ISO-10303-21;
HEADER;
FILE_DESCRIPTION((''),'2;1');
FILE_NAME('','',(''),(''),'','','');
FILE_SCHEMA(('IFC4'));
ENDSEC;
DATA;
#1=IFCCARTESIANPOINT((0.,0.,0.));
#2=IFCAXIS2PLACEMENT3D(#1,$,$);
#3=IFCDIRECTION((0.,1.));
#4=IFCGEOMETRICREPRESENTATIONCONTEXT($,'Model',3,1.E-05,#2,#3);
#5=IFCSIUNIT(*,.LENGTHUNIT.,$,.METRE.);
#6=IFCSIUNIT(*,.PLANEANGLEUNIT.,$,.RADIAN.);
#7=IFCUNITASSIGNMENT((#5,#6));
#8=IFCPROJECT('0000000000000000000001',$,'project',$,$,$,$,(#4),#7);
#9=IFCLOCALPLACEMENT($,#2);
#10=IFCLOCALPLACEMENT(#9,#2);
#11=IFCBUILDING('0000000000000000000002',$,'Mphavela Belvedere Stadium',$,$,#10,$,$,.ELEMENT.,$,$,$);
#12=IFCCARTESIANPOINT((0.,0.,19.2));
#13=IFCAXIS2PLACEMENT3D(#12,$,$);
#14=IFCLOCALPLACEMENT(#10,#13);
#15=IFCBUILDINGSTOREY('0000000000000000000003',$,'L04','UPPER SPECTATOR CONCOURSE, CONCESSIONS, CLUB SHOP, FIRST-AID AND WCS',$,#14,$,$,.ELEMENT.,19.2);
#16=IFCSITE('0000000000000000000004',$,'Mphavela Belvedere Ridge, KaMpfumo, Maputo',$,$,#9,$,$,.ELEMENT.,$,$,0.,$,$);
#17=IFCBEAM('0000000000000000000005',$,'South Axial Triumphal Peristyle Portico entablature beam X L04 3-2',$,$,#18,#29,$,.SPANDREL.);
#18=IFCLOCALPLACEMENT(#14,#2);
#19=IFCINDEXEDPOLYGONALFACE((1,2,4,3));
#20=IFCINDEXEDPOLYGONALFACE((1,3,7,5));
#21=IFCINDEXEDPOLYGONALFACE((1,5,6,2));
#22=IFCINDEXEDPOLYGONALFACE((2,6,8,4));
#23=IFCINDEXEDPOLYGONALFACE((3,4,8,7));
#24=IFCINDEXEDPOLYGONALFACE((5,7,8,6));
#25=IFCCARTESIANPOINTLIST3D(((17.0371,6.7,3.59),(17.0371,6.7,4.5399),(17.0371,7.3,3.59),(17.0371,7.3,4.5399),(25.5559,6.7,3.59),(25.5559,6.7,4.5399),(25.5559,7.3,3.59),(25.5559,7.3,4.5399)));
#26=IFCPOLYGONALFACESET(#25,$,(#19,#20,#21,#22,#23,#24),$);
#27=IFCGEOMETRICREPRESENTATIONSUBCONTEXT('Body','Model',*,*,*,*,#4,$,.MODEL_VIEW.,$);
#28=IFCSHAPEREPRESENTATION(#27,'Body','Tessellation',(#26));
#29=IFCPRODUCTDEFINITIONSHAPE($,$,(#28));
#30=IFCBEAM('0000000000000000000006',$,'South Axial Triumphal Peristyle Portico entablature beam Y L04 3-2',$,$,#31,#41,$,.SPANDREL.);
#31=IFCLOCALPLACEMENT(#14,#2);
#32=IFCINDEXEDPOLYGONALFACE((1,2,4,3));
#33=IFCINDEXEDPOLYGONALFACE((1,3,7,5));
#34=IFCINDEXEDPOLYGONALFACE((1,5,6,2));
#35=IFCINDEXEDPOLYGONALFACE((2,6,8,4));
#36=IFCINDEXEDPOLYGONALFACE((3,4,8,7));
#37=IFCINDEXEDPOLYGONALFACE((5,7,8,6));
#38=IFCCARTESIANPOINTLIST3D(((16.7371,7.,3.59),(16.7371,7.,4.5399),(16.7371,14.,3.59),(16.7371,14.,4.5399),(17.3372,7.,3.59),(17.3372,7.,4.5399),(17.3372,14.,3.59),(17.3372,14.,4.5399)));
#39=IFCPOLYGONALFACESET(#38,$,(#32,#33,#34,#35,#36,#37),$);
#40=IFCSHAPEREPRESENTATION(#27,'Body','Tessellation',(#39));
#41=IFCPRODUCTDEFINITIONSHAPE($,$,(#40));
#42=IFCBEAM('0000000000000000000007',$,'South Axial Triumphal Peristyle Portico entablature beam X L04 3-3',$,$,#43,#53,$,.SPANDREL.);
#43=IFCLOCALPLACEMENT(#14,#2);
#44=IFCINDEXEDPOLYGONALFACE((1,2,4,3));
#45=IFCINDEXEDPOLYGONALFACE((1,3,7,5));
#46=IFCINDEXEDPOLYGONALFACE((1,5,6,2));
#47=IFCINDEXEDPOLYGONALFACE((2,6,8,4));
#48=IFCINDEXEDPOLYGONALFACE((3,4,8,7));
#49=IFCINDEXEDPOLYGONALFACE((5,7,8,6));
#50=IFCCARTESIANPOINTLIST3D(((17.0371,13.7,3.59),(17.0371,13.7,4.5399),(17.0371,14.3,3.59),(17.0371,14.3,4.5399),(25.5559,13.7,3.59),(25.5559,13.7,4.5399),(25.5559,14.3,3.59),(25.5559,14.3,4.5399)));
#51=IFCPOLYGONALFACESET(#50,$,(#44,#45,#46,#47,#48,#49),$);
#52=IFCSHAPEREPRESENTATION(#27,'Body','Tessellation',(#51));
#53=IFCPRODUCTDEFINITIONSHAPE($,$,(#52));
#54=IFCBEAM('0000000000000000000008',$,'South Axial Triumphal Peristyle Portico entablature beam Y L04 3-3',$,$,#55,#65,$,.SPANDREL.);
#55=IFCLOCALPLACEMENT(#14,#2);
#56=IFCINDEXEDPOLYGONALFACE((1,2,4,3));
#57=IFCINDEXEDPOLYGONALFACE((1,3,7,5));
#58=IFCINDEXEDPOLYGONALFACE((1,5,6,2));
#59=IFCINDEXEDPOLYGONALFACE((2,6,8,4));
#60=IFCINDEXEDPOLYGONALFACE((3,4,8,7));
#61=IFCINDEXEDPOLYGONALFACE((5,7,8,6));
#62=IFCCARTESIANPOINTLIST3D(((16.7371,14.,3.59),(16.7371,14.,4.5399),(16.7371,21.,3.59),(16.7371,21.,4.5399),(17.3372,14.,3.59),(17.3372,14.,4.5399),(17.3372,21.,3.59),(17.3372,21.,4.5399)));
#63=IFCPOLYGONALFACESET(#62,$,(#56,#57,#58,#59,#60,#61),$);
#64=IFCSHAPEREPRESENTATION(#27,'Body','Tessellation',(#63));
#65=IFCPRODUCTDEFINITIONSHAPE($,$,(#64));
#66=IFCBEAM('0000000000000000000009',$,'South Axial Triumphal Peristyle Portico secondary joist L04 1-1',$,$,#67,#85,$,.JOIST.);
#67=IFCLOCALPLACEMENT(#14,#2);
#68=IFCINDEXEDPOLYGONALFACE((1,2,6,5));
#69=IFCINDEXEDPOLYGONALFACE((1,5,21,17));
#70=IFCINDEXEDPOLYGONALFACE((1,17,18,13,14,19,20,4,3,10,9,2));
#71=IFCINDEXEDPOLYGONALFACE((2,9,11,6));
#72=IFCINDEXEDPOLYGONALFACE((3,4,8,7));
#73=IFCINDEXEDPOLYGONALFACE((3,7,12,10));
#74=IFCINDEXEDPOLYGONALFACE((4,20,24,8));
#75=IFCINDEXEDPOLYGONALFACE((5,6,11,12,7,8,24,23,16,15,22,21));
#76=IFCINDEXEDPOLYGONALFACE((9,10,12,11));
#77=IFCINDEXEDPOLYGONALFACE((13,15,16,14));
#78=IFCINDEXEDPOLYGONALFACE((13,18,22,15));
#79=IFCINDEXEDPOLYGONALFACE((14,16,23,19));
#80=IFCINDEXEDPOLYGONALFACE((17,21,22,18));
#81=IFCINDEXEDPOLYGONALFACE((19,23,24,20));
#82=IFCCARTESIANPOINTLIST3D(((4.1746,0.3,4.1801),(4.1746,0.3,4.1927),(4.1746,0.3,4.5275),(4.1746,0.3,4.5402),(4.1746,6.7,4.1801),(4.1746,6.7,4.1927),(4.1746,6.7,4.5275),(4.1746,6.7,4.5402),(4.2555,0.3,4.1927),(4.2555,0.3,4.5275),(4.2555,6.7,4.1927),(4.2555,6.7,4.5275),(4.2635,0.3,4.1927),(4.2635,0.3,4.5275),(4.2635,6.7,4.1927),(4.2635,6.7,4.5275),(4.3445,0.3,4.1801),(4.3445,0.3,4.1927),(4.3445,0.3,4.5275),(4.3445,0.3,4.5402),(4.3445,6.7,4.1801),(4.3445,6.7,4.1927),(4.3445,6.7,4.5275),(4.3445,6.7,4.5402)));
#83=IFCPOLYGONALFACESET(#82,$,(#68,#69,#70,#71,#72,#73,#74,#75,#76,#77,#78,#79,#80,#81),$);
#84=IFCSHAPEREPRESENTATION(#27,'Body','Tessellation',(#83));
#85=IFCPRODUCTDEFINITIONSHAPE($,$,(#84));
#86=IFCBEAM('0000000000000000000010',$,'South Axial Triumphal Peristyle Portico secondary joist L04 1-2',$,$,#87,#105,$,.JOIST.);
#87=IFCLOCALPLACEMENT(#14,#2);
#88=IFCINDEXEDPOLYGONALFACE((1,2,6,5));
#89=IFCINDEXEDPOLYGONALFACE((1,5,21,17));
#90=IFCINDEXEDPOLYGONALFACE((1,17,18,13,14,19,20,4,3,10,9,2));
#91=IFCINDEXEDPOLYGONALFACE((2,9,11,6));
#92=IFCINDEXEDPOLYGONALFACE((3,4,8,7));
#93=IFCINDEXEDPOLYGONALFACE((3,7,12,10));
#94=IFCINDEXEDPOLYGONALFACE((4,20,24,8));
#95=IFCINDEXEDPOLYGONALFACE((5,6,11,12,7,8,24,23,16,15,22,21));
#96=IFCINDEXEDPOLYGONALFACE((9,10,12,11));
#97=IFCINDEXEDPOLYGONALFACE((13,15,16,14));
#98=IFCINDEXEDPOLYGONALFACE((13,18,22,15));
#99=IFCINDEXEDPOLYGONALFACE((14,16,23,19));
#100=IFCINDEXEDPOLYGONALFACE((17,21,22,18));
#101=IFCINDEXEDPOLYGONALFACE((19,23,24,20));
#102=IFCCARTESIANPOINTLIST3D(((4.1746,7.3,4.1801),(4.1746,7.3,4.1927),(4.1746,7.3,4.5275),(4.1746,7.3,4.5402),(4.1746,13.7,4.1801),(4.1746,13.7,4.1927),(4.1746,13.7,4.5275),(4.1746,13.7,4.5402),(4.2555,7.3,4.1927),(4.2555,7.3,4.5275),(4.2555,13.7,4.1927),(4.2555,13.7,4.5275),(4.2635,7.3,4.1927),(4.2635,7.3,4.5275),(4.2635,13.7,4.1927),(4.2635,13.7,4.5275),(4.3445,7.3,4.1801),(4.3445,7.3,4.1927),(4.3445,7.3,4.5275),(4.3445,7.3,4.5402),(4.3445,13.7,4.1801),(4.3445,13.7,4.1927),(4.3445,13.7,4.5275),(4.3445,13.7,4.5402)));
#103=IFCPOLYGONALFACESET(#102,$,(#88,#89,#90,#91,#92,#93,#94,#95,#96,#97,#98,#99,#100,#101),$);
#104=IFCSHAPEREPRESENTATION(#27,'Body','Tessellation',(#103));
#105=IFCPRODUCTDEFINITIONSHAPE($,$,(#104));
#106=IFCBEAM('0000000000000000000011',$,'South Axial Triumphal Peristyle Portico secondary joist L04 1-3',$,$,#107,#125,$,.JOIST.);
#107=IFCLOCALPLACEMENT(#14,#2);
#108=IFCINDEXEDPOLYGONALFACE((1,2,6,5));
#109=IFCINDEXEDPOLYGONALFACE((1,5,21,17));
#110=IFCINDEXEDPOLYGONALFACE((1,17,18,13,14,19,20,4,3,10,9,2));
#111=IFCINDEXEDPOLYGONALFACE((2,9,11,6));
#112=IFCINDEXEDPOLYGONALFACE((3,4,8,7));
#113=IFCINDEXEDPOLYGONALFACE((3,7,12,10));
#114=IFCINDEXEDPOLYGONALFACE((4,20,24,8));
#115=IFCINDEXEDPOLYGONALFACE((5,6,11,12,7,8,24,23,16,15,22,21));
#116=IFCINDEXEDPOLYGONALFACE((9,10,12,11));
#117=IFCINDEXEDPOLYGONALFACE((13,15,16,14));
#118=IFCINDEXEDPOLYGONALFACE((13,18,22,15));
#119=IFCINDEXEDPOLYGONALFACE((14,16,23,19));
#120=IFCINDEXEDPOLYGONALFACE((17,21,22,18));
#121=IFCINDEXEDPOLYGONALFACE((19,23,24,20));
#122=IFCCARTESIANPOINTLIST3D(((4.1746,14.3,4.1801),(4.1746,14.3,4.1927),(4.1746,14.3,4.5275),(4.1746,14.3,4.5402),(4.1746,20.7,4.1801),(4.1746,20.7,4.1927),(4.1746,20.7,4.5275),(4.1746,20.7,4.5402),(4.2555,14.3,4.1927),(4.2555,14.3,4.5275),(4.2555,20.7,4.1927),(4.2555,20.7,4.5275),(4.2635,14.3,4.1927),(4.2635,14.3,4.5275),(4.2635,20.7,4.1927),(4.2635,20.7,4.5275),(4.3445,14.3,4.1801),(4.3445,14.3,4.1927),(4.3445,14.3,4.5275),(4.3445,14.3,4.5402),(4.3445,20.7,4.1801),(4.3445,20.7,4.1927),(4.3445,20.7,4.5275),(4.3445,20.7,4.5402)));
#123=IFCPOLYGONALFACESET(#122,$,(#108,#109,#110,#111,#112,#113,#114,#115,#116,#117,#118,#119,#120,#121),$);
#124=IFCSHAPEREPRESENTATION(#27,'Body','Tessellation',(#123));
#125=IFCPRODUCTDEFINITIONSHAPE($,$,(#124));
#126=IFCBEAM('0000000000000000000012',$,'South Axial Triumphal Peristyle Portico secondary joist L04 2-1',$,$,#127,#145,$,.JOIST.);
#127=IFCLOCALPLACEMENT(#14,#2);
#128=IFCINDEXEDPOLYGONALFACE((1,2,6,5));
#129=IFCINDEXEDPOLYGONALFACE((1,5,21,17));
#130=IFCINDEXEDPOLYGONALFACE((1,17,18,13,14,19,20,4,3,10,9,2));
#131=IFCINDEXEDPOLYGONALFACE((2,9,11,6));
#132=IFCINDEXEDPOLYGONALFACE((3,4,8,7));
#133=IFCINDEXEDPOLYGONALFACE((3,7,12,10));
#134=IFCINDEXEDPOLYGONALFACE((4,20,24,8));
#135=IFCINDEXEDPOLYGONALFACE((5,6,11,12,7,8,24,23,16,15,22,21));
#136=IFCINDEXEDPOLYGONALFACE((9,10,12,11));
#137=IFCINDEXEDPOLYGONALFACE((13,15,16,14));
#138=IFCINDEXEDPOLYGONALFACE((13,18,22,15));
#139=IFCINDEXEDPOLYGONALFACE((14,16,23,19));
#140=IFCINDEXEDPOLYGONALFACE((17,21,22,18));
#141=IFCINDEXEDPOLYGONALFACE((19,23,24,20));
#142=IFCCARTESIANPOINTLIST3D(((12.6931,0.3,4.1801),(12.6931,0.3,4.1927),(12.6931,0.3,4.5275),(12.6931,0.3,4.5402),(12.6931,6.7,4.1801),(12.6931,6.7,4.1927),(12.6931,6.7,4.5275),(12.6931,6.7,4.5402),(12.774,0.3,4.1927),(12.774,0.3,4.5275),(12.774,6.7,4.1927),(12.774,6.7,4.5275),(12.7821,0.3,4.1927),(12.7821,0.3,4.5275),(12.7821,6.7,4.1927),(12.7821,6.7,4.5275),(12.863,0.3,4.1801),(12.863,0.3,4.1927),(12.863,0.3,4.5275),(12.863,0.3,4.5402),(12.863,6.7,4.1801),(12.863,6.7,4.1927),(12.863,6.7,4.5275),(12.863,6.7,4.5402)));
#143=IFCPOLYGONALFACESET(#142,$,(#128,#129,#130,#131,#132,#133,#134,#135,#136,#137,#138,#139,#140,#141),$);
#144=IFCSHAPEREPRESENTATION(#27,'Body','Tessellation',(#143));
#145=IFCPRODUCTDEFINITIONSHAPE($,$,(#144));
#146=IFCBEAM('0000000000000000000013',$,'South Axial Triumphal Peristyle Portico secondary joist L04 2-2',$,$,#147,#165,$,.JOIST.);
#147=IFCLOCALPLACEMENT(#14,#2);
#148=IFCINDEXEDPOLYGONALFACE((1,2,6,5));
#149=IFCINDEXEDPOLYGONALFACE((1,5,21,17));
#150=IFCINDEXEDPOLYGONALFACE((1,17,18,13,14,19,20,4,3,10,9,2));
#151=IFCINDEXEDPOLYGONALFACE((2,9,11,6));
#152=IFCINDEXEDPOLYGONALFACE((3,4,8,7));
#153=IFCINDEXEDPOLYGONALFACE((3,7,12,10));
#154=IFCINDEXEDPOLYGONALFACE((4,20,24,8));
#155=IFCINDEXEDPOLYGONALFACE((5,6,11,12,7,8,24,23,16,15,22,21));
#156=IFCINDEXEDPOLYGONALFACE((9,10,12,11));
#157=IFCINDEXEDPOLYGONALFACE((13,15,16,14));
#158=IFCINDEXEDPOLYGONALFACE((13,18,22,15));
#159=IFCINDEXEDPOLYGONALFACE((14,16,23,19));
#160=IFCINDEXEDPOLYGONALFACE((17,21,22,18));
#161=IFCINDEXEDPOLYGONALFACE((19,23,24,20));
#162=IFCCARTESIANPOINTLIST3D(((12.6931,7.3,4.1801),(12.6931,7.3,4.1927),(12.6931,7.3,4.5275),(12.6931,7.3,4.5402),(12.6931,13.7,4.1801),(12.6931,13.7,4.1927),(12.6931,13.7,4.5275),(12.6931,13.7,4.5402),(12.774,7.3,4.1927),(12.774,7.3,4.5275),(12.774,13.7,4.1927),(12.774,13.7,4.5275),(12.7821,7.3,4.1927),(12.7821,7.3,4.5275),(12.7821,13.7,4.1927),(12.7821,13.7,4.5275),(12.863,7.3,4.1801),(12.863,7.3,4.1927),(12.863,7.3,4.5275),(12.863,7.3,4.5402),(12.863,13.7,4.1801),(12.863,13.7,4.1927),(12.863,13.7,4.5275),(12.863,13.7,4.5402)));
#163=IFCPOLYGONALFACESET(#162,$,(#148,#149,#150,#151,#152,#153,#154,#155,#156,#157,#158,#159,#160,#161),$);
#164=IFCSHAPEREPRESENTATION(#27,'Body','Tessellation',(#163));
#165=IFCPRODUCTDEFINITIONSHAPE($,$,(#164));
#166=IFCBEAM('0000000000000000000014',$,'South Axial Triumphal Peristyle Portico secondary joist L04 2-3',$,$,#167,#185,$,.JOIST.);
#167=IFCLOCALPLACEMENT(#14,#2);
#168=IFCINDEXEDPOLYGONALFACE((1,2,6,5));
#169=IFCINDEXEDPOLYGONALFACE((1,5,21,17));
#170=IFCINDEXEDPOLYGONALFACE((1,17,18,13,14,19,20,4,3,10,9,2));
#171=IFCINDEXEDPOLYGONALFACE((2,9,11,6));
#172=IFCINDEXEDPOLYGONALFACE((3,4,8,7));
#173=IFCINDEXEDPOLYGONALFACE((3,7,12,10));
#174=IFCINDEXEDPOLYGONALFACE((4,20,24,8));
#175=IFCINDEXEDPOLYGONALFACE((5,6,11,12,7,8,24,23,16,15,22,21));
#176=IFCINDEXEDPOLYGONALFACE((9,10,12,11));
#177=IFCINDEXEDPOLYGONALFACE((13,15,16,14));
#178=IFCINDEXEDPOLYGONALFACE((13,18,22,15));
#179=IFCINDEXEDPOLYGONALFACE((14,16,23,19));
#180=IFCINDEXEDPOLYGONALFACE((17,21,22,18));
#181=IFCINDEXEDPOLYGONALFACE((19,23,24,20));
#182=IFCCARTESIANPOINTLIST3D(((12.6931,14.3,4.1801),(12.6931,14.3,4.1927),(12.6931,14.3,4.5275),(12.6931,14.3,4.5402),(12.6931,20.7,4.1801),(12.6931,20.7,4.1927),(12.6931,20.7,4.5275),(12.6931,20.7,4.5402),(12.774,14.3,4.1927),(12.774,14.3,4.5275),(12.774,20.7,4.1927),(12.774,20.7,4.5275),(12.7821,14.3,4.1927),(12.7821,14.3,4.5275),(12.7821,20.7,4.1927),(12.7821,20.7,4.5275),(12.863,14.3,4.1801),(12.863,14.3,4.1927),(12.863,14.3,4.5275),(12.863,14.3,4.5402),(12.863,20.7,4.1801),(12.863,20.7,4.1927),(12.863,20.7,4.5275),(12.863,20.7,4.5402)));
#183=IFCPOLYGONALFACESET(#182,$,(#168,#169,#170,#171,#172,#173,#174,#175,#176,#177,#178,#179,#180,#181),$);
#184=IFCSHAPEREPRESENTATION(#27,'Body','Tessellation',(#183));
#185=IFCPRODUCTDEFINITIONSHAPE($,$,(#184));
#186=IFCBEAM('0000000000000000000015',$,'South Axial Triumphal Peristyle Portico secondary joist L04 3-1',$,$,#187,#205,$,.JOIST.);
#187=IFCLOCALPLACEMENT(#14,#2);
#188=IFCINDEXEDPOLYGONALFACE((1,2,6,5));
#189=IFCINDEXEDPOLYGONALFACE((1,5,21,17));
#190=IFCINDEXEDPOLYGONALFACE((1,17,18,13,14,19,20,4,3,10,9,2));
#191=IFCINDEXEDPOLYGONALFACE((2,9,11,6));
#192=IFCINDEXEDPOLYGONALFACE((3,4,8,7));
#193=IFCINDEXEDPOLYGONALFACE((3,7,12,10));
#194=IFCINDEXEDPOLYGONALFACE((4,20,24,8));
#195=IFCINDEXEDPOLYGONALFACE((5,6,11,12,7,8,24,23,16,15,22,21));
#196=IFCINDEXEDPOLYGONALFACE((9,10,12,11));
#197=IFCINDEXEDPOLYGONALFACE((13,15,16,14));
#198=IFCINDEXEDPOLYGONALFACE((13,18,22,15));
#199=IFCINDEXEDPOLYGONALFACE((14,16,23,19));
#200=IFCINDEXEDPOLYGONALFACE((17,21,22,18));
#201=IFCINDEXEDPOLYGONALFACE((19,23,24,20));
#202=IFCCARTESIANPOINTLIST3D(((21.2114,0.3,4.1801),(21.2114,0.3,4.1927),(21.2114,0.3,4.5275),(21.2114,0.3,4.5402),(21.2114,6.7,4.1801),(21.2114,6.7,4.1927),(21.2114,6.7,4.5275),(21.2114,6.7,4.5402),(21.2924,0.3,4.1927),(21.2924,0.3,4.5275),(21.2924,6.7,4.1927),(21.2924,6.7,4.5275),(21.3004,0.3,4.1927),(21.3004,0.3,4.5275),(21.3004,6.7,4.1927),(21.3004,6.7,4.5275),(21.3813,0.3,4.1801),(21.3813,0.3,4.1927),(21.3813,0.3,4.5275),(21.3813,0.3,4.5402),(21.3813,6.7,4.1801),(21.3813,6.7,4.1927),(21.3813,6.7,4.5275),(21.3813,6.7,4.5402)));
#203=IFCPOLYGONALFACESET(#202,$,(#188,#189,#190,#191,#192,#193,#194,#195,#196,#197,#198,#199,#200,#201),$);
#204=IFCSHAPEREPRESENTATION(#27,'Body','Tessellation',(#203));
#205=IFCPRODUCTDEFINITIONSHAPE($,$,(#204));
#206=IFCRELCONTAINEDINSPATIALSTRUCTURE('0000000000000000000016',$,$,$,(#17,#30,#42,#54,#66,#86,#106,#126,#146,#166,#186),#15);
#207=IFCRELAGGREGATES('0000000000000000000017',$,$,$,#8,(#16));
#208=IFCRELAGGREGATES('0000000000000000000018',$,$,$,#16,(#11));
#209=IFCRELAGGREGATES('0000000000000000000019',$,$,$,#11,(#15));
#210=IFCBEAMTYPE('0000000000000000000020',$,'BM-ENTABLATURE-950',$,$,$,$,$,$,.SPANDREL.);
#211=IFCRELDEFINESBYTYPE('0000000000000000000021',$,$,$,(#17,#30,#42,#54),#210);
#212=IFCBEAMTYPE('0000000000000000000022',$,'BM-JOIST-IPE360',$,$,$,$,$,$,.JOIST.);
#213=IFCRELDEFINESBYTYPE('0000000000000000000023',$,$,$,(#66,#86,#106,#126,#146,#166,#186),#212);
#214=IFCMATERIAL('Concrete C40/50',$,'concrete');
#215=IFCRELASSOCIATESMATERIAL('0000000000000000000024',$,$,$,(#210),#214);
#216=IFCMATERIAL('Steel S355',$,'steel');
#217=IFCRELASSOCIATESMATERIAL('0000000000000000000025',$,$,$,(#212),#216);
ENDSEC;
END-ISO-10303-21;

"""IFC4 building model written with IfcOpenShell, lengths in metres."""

from ifc_helpers import new_model, si_unit, direction, frame, origin, origin_2d, place, context, subcontext, project, spatial, rectangle, i_section, extrude, material, material_profile, profile_set, type_object, element, save


model = new_model("IFC4")

# Units and contexts
model_context = context("Model", 3, precision=1e-05, world=origin(), true_north=direction((0.0, 1.0)))
body_context = subcontext(model_context, "Body", "Model", "MODEL_VIEW")
ifc_project = project(units=[si_unit("LENGTHUNIT", "METRE"), si_unit("PLANEANGLEUNIT", "RADIAN")], contexts=[model_context])

# Site, building, storey
site_placement = place(None, origin())
site = spatial("IfcSite", under=ifc_project, at=site_placement, Name="Mphavela Belvedere Ridge, KaMpfumo, Maputo", CompositionType="ELEMENT", RefElevation=0.0)
building_placement = place(site_placement, origin())
building = spatial("IfcBuilding", under=site, at=building_placement, Name="Mphavela Belvedere Stadium", CompositionType="ELEMENT")
storey_placement = place(building_placement, frame((0.0, 0.0, 19.2)))
storey = spatial("IfcBuildingStorey", under=building, at=storey_placement, Name="L04", Description="UPPER SPECTATOR CONCOURSE, CONCESSIONS, CLUB SHOP, FIRST-AID AND WCS", CompositionType="ELEMENT", Elevation=19.2)

# Beams
ifc_material_1 = material(Name="Concrete C40/50", Category="concrete")
ifc_material_profile_1 = material_profile(ifc_material_1, rectangle(XDim=0.6001, YDim=0.95, at=origin_2d()), Name="RC 600x950")
ifc_profile_set_1 = profile_set([ifc_material_profile_1], Name="Concrete C40/50")
beam_type_1 = type_object("IfcBeamType", Name="BM-ENTABLATURE-950", PredefinedType="SPANDREL", material=ifc_profile_set_1)
beam_1_placement = place(storey_placement, frame((17.0371, 7.0, 4.0649), z_axis=(1.0, 0.0, 0.0), x_axis=(0.0, 1.0, 0.0)))
element("IfcBeam", 1, at=beam_1_placement, inside=storey, type_object=beam_type_1, Name="South Axial Triumphal Peristyle Portico entablature beam X L04 3-2", PredefinedType="SPANDREL", context=body_context, shape_type="SweptSolid", body=[
    extrude(rectangle(XDim=0.6001, YDim=0.95, at=origin_2d()), origin(), (0.0, 0.0, 1.0), 8.5188),
])
beam_2_placement = place(storey_placement, frame((17.0371, 7.0, 4.0649), z_axis=(0.0, 1.0, 0.0), x_axis=(-1.0, 0.0, 0.0)))
element("IfcBeam", 2, at=beam_2_placement, inside=storey, type_object=beam_type_1, Name="South Axial Triumphal Peristyle Portico entablature beam Y L04 3-2", PredefinedType="SPANDREL", context=body_context, shape_type="SweptSolid", body=[
    extrude(rectangle(XDim=0.6001, YDim=0.95, at=origin_2d()), origin(), (0.0, 0.0, 1.0), 7.0),
])
beam_3_placement = place(storey_placement, frame((17.0371, 14.0, 4.0649), z_axis=(1.0, 0.0, 0.0), x_axis=(0.0, 1.0, 0.0)))
element("IfcBeam", 3, at=beam_3_placement, inside=storey, type_object=beam_type_1, Name="South Axial Triumphal Peristyle Portico entablature beam X L04 3-3", PredefinedType="SPANDREL", context=body_context, shape_type="SweptSolid", body=[
    extrude(rectangle(XDim=0.6001, YDim=0.95, at=origin_2d()), origin(), (0.0, 0.0, 1.0), 8.5188),
])
beam_4_placement = place(storey_placement, frame((17.0371, 14.0, 4.0649), z_axis=(0.0, 1.0, 0.0), x_axis=(-1.0, 0.0, 0.0)))
element("IfcBeam", 4, at=beam_4_placement, inside=storey, type_object=beam_type_1, Name="South Axial Triumphal Peristyle Portico entablature beam Y L04 3-3", PredefinedType="SPANDREL", context=body_context, shape_type="SweptSolid", body=[
    extrude(rectangle(XDim=0.6001, YDim=0.95, at=origin_2d()), origin(), (0.0, 0.0, 1.0), 7.0),
])
ifc_material_2 = material(Name="Steel S355", Category="steel")
ifc_material_profile_2 = material_profile(ifc_material_2, i_section(OverallWidth=0.1699, OverallDepth=0.3601, WebThickness=0.0081, FlangeThickness=0.0127, at=origin_2d()), Name="IPE 360")
ifc_profile_set_2 = profile_set([ifc_material_profile_2], Name="Steel S355")
beam_type_2 = type_object("IfcBeamType", Name="BM-JOIST-IPE360", PredefinedType="JOIST", material=ifc_profile_set_2)
for number, where, z_axis, x_axis, name in (
    (5, (4.2595, 0.3, 4.3601), (0.0, 1.0, 0.0), (-1.0, 0.0, 0.0), "South Axial Triumphal Peristyle Portico secondary joist L04 1-1"),
    (6, (4.2595, 7.3, 4.3601), (0.0, 1.0, 0.0), (-1.0, 0.0, 0.0), "South Axial Triumphal Peristyle Portico secondary joist L04 1-2"),
    (7, (4.2595, 14.3, 4.3601), (0.0, 1.0, 0.0), (-1.0, 0.0, 0.0), "South Axial Triumphal Peristyle Portico secondary joist L04 1-3"),
    (8, (12.7781, 0.3, 4.3601), (0.0, 1.0, 0.0), (-1.0, 0.0, 0.0), "South Axial Triumphal Peristyle Portico secondary joist L04 2-1"),
    (9, (12.7781, 7.3, 4.3601), (0.0, 1.0, 0.0), (-1.0, 0.0, 0.0), "South Axial Triumphal Peristyle Portico secondary joist L04 2-2"),
    (10, (12.7781, 14.3, 4.3601), (0.0, 1.0, 0.0), (-1.0, 0.0, 0.0), "South Axial Triumphal Peristyle Portico secondary joist L04 2-3"),
    (11, (21.2964, 0.3, 4.3601), (0.0, 1.0, 0.0), (-1.0, 0.0, 0.0), "South Axial Triumphal Peristyle Portico secondary joist L04 3-1"),
):
    element("IfcBeam", number, at=place(storey_placement, frame(where, z_axis=z_axis, x_axis=x_axis)), inside=storey, type_object=beam_type_2, Name=name, PredefinedType="JOIST", context=body_context, shape_type="SweptSolid", body=[
        extrude(i_section(OverallWidth=0.1699, OverallDepth=0.3601, WebThickness=0.0081, FlangeThickness=0.0127, at=origin_2d()), origin(), (0.0, 0.0, 1.0), 6.3999),
    ])

save(model, "model.ifc")
